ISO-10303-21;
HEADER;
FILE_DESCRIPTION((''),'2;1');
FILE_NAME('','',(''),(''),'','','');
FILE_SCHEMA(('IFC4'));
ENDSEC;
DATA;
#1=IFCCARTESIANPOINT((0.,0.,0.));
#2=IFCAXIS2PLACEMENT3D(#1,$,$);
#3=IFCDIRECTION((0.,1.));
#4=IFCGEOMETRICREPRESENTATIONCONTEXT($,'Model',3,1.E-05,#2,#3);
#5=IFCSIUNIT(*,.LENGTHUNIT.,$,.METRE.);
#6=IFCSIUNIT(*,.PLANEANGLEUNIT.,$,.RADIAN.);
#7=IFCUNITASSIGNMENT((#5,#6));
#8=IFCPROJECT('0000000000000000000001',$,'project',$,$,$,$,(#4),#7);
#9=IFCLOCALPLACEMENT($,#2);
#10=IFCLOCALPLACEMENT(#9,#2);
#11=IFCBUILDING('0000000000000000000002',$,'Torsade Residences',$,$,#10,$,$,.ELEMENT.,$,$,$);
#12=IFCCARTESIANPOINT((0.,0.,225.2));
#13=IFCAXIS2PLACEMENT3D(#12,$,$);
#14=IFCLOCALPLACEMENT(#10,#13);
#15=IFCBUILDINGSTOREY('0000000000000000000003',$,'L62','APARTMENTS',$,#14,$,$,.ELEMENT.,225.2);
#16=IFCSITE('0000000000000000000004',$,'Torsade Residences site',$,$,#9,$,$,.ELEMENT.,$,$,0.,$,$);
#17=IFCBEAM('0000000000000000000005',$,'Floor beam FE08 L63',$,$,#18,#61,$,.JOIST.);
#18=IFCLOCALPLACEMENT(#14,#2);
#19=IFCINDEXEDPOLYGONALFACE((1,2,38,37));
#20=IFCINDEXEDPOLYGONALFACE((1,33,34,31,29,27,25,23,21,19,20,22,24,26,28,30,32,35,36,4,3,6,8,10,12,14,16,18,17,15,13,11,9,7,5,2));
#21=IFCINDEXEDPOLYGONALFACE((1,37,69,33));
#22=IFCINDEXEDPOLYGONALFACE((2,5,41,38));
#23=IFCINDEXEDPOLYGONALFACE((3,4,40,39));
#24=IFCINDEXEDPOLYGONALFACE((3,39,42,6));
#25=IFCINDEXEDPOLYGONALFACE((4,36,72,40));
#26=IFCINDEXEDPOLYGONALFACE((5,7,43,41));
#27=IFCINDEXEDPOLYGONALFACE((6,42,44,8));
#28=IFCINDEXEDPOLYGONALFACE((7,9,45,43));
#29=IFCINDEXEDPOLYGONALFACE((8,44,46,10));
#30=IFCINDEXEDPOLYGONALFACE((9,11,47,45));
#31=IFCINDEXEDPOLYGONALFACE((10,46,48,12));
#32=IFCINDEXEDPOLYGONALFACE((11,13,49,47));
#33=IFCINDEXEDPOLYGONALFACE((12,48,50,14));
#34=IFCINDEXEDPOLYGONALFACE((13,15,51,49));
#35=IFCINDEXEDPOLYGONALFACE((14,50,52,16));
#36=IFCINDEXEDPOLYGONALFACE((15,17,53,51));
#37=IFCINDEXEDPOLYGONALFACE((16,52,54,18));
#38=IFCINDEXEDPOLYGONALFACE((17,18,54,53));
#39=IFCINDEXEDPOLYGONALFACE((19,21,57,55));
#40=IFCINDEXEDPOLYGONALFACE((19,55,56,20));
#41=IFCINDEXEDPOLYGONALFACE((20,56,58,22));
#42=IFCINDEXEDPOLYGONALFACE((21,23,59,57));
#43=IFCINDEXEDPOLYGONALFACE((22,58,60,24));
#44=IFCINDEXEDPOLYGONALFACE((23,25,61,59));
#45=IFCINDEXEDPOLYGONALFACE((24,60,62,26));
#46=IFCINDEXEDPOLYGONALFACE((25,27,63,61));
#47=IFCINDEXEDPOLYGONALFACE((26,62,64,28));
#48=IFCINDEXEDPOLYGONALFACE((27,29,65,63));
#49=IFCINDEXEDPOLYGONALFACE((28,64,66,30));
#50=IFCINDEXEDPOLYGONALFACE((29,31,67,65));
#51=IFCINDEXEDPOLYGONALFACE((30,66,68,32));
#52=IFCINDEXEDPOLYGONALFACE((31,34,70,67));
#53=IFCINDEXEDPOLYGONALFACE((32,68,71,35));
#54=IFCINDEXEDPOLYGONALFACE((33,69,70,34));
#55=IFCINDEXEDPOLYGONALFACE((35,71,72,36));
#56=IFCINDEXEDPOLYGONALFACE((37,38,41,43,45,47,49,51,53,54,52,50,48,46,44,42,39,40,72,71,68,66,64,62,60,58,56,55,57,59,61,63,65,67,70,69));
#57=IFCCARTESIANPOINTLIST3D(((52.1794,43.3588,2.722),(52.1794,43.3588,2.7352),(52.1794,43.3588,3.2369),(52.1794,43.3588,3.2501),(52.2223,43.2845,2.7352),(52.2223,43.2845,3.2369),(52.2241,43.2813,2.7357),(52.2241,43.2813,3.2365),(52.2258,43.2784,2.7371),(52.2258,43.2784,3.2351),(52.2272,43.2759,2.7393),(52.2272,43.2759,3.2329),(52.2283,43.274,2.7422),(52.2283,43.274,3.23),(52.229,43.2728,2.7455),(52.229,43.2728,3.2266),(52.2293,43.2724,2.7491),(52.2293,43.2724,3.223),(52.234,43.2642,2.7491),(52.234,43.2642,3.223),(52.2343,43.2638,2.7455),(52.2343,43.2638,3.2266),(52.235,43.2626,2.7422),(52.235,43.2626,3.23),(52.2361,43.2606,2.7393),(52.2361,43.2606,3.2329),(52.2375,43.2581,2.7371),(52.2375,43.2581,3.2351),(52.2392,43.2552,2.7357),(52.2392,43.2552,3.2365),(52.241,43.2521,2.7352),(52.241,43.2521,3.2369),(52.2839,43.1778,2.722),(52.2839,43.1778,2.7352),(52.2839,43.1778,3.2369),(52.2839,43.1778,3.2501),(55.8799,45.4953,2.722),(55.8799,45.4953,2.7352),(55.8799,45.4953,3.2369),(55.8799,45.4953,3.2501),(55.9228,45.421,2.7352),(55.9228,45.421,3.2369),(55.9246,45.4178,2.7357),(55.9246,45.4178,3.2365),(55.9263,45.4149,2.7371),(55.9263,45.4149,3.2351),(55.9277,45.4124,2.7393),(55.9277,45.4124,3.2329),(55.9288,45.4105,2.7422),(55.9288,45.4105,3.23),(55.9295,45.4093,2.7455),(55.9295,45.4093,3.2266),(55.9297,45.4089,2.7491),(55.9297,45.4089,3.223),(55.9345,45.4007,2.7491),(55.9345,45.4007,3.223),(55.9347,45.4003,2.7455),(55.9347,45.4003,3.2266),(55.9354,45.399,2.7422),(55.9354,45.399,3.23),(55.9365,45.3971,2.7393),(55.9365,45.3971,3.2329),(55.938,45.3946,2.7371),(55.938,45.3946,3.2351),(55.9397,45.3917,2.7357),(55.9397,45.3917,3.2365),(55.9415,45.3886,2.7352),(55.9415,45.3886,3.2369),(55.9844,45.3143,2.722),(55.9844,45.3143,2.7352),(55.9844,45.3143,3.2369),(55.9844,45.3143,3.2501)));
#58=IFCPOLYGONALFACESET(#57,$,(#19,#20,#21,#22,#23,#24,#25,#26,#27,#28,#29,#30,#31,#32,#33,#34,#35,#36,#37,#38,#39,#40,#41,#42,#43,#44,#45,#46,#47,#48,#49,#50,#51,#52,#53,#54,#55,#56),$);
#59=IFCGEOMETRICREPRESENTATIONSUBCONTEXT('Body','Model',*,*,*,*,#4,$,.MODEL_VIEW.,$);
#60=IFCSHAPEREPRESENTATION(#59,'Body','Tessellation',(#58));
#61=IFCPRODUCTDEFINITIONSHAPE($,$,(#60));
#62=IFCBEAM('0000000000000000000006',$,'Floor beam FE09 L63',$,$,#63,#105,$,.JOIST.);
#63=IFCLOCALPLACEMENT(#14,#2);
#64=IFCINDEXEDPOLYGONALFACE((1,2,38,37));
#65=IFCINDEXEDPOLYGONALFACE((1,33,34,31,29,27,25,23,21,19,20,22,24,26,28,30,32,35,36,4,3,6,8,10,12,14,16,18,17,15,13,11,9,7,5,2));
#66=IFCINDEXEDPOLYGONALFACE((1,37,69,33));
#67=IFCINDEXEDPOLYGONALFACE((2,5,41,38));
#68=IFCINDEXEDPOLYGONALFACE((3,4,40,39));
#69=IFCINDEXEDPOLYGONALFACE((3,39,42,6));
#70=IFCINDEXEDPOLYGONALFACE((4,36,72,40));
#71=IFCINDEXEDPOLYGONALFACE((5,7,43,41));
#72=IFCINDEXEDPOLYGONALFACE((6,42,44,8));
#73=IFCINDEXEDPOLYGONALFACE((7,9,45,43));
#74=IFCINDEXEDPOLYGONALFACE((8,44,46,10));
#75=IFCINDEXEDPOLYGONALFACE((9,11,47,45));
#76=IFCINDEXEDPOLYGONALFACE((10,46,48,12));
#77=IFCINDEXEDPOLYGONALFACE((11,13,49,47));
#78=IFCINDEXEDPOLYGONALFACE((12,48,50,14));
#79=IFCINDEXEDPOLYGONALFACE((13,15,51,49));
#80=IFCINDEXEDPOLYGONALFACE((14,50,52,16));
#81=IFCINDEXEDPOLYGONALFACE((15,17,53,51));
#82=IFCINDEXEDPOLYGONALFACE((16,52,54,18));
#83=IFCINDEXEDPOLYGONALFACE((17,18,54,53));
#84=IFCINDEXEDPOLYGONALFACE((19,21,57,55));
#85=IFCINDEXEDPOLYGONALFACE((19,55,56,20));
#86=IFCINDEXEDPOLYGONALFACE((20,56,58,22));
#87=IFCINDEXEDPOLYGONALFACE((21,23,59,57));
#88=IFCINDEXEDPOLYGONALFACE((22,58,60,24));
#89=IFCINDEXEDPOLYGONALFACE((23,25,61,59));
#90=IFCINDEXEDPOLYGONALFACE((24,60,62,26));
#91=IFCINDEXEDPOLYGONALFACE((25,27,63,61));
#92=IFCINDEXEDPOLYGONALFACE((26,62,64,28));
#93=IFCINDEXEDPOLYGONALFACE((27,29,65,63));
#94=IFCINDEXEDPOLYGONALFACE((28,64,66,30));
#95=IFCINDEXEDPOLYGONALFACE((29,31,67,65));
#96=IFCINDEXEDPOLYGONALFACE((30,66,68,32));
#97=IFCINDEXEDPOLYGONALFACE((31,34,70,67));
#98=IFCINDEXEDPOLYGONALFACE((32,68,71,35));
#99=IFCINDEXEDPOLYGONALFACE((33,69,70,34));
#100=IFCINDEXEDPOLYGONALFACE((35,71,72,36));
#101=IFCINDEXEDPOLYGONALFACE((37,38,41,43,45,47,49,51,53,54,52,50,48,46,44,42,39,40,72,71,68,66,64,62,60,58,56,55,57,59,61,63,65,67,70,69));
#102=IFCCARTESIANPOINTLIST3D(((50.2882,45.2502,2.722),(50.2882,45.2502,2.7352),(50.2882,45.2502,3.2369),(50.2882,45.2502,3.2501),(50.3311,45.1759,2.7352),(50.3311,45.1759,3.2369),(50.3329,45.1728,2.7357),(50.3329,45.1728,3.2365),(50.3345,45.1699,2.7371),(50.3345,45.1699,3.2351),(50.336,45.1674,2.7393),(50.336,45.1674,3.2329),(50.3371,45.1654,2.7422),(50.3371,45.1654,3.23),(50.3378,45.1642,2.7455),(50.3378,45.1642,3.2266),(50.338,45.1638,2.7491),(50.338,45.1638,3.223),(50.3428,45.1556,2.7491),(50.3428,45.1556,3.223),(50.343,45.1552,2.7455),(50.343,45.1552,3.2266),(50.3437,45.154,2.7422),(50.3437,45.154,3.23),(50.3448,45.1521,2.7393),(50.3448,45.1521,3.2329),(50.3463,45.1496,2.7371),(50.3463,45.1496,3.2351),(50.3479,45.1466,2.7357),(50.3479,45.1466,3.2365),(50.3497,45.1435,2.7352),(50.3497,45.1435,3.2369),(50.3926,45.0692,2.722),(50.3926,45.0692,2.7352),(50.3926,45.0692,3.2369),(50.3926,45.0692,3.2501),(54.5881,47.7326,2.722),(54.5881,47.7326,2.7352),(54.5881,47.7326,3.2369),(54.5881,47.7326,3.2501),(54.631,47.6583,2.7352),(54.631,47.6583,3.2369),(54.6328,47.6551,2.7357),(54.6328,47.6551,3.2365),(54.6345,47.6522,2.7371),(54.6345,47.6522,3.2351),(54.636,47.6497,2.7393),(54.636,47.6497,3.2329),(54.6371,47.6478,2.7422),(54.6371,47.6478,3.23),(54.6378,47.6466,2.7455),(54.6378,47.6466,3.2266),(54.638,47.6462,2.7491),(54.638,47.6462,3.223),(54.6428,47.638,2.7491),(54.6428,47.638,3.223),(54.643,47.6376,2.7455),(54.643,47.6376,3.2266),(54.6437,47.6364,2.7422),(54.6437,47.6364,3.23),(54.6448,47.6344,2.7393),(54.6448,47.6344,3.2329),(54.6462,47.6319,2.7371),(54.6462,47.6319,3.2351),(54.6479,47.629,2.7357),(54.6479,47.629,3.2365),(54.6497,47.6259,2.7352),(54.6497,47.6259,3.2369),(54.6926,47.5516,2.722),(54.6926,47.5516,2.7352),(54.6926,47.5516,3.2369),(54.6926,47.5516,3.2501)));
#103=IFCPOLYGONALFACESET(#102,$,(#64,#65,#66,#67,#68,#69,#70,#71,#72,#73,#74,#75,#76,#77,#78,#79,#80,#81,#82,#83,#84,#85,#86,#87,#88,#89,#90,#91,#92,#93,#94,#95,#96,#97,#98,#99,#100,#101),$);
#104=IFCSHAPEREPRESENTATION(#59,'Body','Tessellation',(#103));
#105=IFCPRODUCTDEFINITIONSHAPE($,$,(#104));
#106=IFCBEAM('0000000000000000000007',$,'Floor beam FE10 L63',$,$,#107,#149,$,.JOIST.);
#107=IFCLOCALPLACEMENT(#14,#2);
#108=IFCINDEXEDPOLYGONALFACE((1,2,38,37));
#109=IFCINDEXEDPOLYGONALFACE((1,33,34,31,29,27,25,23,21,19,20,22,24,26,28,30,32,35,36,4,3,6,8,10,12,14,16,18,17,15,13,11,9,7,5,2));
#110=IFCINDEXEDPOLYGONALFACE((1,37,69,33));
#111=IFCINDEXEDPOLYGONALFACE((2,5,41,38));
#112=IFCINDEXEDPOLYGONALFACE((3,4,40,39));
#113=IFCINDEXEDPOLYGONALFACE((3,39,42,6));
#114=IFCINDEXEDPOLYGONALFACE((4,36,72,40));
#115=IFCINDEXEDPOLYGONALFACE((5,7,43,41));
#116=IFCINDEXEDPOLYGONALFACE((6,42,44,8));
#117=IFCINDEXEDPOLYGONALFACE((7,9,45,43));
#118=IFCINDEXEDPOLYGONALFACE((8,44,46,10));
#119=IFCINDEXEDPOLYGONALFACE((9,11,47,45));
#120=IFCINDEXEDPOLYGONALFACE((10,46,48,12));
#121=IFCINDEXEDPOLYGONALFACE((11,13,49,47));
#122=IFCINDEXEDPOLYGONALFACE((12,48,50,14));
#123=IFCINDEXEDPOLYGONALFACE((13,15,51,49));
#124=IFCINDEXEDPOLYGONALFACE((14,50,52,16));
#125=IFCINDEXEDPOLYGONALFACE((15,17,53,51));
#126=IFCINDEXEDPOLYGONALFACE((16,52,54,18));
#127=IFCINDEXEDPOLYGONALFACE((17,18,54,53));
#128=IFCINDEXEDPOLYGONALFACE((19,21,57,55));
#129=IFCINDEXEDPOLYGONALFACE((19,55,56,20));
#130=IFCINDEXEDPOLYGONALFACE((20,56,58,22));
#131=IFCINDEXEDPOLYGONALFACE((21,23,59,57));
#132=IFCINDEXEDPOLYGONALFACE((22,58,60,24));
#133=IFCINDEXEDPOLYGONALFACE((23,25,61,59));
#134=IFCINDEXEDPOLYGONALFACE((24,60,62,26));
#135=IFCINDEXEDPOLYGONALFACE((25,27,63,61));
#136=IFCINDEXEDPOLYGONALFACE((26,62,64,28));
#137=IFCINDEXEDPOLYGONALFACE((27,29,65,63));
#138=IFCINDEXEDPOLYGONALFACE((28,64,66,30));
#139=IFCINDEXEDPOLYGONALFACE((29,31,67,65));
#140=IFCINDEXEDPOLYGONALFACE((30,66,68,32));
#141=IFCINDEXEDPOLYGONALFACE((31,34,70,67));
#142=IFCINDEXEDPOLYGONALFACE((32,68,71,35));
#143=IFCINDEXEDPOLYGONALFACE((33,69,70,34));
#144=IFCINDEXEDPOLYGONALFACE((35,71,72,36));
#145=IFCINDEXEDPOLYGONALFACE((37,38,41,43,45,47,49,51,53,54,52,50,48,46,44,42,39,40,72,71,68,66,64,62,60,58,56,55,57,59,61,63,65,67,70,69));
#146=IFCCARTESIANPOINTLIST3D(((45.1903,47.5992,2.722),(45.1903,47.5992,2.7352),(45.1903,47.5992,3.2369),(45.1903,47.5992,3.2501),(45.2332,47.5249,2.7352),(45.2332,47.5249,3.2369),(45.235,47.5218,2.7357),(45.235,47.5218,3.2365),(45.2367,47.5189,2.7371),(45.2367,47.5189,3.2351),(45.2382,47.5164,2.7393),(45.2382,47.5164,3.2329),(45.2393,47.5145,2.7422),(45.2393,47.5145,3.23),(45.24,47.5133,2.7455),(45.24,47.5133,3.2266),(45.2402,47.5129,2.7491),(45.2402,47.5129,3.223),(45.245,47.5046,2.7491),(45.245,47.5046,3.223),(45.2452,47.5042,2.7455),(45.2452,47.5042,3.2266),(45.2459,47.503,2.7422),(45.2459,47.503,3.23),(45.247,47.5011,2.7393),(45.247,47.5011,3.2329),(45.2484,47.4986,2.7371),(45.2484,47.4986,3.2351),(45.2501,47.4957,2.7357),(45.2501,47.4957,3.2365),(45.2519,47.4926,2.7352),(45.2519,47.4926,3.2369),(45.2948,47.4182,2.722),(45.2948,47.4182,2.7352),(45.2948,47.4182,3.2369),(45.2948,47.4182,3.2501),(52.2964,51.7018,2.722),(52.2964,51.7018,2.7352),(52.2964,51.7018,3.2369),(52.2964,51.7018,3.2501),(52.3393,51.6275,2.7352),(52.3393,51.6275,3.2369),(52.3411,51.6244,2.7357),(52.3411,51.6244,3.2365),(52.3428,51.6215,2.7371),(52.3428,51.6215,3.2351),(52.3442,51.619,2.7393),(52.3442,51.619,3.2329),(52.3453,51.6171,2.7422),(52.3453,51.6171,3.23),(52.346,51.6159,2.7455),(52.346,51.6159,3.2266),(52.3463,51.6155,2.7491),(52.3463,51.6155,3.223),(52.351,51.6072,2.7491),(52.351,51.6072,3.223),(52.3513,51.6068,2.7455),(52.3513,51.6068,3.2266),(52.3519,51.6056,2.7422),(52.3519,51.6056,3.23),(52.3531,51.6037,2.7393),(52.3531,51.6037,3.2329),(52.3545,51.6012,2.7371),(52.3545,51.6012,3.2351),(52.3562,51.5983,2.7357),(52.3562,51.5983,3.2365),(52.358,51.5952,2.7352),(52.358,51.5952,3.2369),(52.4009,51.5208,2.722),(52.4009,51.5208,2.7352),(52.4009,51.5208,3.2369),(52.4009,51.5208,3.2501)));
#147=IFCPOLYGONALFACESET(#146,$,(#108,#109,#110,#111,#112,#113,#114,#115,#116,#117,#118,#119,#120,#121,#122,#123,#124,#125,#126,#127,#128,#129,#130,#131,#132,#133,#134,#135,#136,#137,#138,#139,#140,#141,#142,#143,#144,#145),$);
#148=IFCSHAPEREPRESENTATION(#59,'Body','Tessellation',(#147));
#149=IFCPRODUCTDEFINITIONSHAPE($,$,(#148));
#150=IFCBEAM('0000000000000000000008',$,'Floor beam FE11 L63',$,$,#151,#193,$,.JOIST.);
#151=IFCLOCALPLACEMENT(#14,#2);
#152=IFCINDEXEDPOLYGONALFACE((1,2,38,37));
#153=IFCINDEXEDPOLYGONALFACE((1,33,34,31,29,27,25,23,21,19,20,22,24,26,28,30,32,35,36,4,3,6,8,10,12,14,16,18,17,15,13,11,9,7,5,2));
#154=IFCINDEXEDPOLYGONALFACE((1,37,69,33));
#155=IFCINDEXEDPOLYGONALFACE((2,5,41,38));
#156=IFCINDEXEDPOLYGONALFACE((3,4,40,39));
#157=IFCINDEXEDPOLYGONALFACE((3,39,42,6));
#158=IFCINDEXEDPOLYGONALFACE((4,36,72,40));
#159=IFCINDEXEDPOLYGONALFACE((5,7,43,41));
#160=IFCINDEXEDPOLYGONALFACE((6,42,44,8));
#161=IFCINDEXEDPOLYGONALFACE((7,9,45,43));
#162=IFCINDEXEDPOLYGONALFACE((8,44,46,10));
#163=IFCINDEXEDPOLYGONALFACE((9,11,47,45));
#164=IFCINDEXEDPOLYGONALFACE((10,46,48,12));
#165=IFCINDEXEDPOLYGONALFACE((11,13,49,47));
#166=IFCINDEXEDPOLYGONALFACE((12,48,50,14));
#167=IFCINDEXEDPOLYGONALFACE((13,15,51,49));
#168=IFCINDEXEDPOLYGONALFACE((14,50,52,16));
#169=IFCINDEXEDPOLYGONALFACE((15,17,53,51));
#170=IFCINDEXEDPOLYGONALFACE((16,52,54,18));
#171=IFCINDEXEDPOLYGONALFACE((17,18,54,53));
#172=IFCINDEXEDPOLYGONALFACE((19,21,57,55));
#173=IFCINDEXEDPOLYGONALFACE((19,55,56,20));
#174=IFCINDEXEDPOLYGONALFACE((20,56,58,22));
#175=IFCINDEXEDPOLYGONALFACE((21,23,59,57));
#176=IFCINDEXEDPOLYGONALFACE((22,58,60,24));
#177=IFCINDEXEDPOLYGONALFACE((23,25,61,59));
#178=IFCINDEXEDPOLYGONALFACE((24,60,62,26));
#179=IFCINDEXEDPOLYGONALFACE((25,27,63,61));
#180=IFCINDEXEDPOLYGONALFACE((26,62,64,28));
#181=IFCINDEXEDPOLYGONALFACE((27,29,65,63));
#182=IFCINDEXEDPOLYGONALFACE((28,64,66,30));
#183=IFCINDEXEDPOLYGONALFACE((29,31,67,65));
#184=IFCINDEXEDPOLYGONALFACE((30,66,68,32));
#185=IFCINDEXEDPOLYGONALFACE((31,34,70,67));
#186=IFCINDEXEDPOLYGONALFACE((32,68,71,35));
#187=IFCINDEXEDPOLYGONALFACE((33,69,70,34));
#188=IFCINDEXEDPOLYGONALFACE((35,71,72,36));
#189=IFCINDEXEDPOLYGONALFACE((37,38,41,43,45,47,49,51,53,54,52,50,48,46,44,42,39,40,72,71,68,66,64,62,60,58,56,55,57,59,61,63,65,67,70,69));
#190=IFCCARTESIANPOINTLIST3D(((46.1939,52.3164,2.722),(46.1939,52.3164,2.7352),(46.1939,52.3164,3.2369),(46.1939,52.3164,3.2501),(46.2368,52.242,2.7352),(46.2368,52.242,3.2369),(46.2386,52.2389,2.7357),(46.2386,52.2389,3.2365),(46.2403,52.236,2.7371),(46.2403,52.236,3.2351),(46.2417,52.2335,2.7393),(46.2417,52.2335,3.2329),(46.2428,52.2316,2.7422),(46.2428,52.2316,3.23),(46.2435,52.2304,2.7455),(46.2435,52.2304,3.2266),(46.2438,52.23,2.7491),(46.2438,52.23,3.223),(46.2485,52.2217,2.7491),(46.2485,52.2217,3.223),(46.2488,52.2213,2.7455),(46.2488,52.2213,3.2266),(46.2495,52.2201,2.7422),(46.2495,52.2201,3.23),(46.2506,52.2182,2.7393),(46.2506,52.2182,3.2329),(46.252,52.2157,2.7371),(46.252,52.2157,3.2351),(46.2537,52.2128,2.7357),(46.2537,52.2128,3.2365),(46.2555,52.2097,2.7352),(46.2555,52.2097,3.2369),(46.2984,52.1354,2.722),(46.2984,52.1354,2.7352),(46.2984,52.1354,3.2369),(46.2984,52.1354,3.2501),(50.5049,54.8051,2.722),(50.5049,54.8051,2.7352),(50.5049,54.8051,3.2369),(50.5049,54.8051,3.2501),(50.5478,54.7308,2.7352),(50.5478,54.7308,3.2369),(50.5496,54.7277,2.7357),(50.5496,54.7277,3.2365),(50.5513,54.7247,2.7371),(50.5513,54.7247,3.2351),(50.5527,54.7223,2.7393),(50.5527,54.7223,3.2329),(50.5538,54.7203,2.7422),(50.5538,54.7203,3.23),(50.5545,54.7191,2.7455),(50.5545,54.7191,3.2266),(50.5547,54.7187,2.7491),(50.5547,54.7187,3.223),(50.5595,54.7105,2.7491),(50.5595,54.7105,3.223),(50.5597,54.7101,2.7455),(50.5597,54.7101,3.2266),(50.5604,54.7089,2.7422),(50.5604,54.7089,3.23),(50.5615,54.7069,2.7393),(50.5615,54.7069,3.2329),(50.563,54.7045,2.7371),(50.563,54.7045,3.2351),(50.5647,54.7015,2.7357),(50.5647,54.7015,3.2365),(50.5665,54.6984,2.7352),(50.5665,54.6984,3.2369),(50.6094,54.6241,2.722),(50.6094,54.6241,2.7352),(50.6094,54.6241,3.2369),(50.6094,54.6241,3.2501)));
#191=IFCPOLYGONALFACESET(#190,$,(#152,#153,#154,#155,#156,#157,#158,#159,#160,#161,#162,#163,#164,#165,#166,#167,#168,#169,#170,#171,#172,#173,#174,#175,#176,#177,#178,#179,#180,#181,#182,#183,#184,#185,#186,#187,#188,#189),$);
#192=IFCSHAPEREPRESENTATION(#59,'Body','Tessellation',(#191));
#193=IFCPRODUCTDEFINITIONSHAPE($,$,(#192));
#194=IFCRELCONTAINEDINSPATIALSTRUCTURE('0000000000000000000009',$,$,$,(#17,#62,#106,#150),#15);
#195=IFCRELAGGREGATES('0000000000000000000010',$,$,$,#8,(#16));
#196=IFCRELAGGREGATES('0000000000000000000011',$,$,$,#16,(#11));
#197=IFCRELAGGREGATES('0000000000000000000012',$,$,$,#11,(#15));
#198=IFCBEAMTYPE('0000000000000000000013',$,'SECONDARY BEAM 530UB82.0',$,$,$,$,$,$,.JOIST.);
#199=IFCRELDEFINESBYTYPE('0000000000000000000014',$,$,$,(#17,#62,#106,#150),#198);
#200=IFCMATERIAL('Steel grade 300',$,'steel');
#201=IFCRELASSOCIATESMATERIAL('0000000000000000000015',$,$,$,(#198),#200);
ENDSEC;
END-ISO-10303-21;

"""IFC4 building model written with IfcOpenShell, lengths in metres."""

from ifc_helpers import new_model, si_unit, direction, frame, origin, origin_2d, place, context, subcontext, project, spatial, i_section, extrude, material, material_profile, profile_set, type_object, element, save


model = new_model("IFC4")

# Units and contexts
model_context = context("Model", 3, precision=1e-05, world=origin(), true_north=direction((0.0, 1.0)))
body_context = subcontext(model_context, "Body", "Model", "MODEL_VIEW")
ifc_project = project(units=[si_unit("LENGTHUNIT", "METRE"), si_unit("PLANEANGLEUNIT", "RADIAN")], contexts=[model_context])

# Site, building, storey
site_placement = place(None, origin())
site = spatial("IfcSite", under=ifc_project, at=site_placement, Name="Torsade Residences site", CompositionType="ELEMENT", RefElevation=0.0)
building_placement = place(site_placement, origin())
building = spatial("IfcBuilding", under=site, at=building_placement, Name="Torsade Residences", CompositionType="ELEMENT")
storey_placement = place(building_placement, frame((0.0, 0.0, 225.2)))
storey = spatial("IfcBuildingStorey", under=building, at=storey_placement, Name="L62", Description="APARTMENTS", CompositionType="ELEMENT", Elevation=225.2)

# Beams
ifc_material_1 = material(Name="Steel grade 300", Category="steel")
ifc_material_profile_1 = material_profile(ifc_material_1, i_section(OverallWidth=0.209, OverallDepth=0.5281, WebThickness=0.0095, FlangeThickness=0.0132, FilletRadius=0.0139, at=origin_2d()), Name="530UB82.0")
ifc_profile_set_1 = profile_set([ifc_material_profile_1], Name="Steel grade 300")
beam_type_1 = type_object("IfcBeamType", Name="SECONDARY BEAM 530UB82.0", PredefinedType="JOIST", material=ifc_profile_set_1)
beam_1_placement = place(storey_placement, frame((55.9321, 45.4048, 2.9861), z_axis=(-0.866023, -0.500004, 0.0), x_axis=(0.500004, -0.866023, 0.0)))
element("IfcBeam", 1, at=beam_1_placement, inside=storey, type_object=beam_type_1, Name="Floor beam FE08 L63", PredefinedType="JOIST", context=body_context, shape_type="SweptSolid", body=[
    extrude(i_section(OverallWidth=0.209, OverallDepth=0.5281, WebThickness=0.0095, FlangeThickness=0.0132, FilletRadius=0.0139, at=origin_2d()), origin(), (0.0, 0.0, 1.0), 4.2729),
])
beam_2_placement = place(storey_placement, frame((54.6404, 47.6421, 2.9861), z_axis=(-0.866044, -0.499968, 0.0), x_axis=(0.499968, -0.866044, 0.0)))
element("IfcBeam", 2, at=beam_2_placement, inside=storey, type_object=beam_type_1, Name="Floor beam FE09 L63", PredefinedType="JOIST", context=body_context, shape_type="SweptSolid", body=[
    extrude(i_section(OverallWidth=0.209, OverallDepth=0.5281, WebThickness=0.0095, FlangeThickness=0.0132, FilletRadius=0.0139, at=origin_2d()), origin(), (0.0, 0.0, 1.0), 4.9651),
])
beam_3_placement = place(storey_placement, frame((52.3486, 51.6113, 2.9861), z_axis=(-0.86603, -0.499992, 0.0), x_axis=(0.499992, -0.86603, 0.0)))
element("IfcBeam", 3, at=beam_3_placement, inside=storey, type_object=beam_type_1, Name="Floor beam FE10 L63", PredefinedType="JOIST", context=body_context, shape_type="SweptSolid", body=[
    extrude(i_section(OverallWidth=0.209, OverallDepth=0.5281, WebThickness=0.0095, FlangeThickness=0.0132, FilletRadius=0.0139, at=origin_2d()), origin(), (0.0, 0.0, 1.0), 8.2053),
])
beam_4_placement = place(storey_placement, frame((50.5571, 54.7146, 2.9861), z_axis=(-0.866043, -0.499969, 0.0), x_axis=(0.499969, -0.866043, 0.0)))
element("IfcBeam", 4, at=beam_4_placement, inside=storey, type_object=beam_type_1, Name="Floor beam FE11 L63", PredefinedType="JOIST", context=body_context, shape_type="SweptSolid", body=[
    extrude(i_section(OverallWidth=0.209, OverallDepth=0.5281, WebThickness=0.0095, FlangeThickness=0.0132, FilletRadius=0.0139, at=origin_2d()), origin(), (0.0, 0.0, 1.0), 4.9778),
])

save(model, "model.ifc")
